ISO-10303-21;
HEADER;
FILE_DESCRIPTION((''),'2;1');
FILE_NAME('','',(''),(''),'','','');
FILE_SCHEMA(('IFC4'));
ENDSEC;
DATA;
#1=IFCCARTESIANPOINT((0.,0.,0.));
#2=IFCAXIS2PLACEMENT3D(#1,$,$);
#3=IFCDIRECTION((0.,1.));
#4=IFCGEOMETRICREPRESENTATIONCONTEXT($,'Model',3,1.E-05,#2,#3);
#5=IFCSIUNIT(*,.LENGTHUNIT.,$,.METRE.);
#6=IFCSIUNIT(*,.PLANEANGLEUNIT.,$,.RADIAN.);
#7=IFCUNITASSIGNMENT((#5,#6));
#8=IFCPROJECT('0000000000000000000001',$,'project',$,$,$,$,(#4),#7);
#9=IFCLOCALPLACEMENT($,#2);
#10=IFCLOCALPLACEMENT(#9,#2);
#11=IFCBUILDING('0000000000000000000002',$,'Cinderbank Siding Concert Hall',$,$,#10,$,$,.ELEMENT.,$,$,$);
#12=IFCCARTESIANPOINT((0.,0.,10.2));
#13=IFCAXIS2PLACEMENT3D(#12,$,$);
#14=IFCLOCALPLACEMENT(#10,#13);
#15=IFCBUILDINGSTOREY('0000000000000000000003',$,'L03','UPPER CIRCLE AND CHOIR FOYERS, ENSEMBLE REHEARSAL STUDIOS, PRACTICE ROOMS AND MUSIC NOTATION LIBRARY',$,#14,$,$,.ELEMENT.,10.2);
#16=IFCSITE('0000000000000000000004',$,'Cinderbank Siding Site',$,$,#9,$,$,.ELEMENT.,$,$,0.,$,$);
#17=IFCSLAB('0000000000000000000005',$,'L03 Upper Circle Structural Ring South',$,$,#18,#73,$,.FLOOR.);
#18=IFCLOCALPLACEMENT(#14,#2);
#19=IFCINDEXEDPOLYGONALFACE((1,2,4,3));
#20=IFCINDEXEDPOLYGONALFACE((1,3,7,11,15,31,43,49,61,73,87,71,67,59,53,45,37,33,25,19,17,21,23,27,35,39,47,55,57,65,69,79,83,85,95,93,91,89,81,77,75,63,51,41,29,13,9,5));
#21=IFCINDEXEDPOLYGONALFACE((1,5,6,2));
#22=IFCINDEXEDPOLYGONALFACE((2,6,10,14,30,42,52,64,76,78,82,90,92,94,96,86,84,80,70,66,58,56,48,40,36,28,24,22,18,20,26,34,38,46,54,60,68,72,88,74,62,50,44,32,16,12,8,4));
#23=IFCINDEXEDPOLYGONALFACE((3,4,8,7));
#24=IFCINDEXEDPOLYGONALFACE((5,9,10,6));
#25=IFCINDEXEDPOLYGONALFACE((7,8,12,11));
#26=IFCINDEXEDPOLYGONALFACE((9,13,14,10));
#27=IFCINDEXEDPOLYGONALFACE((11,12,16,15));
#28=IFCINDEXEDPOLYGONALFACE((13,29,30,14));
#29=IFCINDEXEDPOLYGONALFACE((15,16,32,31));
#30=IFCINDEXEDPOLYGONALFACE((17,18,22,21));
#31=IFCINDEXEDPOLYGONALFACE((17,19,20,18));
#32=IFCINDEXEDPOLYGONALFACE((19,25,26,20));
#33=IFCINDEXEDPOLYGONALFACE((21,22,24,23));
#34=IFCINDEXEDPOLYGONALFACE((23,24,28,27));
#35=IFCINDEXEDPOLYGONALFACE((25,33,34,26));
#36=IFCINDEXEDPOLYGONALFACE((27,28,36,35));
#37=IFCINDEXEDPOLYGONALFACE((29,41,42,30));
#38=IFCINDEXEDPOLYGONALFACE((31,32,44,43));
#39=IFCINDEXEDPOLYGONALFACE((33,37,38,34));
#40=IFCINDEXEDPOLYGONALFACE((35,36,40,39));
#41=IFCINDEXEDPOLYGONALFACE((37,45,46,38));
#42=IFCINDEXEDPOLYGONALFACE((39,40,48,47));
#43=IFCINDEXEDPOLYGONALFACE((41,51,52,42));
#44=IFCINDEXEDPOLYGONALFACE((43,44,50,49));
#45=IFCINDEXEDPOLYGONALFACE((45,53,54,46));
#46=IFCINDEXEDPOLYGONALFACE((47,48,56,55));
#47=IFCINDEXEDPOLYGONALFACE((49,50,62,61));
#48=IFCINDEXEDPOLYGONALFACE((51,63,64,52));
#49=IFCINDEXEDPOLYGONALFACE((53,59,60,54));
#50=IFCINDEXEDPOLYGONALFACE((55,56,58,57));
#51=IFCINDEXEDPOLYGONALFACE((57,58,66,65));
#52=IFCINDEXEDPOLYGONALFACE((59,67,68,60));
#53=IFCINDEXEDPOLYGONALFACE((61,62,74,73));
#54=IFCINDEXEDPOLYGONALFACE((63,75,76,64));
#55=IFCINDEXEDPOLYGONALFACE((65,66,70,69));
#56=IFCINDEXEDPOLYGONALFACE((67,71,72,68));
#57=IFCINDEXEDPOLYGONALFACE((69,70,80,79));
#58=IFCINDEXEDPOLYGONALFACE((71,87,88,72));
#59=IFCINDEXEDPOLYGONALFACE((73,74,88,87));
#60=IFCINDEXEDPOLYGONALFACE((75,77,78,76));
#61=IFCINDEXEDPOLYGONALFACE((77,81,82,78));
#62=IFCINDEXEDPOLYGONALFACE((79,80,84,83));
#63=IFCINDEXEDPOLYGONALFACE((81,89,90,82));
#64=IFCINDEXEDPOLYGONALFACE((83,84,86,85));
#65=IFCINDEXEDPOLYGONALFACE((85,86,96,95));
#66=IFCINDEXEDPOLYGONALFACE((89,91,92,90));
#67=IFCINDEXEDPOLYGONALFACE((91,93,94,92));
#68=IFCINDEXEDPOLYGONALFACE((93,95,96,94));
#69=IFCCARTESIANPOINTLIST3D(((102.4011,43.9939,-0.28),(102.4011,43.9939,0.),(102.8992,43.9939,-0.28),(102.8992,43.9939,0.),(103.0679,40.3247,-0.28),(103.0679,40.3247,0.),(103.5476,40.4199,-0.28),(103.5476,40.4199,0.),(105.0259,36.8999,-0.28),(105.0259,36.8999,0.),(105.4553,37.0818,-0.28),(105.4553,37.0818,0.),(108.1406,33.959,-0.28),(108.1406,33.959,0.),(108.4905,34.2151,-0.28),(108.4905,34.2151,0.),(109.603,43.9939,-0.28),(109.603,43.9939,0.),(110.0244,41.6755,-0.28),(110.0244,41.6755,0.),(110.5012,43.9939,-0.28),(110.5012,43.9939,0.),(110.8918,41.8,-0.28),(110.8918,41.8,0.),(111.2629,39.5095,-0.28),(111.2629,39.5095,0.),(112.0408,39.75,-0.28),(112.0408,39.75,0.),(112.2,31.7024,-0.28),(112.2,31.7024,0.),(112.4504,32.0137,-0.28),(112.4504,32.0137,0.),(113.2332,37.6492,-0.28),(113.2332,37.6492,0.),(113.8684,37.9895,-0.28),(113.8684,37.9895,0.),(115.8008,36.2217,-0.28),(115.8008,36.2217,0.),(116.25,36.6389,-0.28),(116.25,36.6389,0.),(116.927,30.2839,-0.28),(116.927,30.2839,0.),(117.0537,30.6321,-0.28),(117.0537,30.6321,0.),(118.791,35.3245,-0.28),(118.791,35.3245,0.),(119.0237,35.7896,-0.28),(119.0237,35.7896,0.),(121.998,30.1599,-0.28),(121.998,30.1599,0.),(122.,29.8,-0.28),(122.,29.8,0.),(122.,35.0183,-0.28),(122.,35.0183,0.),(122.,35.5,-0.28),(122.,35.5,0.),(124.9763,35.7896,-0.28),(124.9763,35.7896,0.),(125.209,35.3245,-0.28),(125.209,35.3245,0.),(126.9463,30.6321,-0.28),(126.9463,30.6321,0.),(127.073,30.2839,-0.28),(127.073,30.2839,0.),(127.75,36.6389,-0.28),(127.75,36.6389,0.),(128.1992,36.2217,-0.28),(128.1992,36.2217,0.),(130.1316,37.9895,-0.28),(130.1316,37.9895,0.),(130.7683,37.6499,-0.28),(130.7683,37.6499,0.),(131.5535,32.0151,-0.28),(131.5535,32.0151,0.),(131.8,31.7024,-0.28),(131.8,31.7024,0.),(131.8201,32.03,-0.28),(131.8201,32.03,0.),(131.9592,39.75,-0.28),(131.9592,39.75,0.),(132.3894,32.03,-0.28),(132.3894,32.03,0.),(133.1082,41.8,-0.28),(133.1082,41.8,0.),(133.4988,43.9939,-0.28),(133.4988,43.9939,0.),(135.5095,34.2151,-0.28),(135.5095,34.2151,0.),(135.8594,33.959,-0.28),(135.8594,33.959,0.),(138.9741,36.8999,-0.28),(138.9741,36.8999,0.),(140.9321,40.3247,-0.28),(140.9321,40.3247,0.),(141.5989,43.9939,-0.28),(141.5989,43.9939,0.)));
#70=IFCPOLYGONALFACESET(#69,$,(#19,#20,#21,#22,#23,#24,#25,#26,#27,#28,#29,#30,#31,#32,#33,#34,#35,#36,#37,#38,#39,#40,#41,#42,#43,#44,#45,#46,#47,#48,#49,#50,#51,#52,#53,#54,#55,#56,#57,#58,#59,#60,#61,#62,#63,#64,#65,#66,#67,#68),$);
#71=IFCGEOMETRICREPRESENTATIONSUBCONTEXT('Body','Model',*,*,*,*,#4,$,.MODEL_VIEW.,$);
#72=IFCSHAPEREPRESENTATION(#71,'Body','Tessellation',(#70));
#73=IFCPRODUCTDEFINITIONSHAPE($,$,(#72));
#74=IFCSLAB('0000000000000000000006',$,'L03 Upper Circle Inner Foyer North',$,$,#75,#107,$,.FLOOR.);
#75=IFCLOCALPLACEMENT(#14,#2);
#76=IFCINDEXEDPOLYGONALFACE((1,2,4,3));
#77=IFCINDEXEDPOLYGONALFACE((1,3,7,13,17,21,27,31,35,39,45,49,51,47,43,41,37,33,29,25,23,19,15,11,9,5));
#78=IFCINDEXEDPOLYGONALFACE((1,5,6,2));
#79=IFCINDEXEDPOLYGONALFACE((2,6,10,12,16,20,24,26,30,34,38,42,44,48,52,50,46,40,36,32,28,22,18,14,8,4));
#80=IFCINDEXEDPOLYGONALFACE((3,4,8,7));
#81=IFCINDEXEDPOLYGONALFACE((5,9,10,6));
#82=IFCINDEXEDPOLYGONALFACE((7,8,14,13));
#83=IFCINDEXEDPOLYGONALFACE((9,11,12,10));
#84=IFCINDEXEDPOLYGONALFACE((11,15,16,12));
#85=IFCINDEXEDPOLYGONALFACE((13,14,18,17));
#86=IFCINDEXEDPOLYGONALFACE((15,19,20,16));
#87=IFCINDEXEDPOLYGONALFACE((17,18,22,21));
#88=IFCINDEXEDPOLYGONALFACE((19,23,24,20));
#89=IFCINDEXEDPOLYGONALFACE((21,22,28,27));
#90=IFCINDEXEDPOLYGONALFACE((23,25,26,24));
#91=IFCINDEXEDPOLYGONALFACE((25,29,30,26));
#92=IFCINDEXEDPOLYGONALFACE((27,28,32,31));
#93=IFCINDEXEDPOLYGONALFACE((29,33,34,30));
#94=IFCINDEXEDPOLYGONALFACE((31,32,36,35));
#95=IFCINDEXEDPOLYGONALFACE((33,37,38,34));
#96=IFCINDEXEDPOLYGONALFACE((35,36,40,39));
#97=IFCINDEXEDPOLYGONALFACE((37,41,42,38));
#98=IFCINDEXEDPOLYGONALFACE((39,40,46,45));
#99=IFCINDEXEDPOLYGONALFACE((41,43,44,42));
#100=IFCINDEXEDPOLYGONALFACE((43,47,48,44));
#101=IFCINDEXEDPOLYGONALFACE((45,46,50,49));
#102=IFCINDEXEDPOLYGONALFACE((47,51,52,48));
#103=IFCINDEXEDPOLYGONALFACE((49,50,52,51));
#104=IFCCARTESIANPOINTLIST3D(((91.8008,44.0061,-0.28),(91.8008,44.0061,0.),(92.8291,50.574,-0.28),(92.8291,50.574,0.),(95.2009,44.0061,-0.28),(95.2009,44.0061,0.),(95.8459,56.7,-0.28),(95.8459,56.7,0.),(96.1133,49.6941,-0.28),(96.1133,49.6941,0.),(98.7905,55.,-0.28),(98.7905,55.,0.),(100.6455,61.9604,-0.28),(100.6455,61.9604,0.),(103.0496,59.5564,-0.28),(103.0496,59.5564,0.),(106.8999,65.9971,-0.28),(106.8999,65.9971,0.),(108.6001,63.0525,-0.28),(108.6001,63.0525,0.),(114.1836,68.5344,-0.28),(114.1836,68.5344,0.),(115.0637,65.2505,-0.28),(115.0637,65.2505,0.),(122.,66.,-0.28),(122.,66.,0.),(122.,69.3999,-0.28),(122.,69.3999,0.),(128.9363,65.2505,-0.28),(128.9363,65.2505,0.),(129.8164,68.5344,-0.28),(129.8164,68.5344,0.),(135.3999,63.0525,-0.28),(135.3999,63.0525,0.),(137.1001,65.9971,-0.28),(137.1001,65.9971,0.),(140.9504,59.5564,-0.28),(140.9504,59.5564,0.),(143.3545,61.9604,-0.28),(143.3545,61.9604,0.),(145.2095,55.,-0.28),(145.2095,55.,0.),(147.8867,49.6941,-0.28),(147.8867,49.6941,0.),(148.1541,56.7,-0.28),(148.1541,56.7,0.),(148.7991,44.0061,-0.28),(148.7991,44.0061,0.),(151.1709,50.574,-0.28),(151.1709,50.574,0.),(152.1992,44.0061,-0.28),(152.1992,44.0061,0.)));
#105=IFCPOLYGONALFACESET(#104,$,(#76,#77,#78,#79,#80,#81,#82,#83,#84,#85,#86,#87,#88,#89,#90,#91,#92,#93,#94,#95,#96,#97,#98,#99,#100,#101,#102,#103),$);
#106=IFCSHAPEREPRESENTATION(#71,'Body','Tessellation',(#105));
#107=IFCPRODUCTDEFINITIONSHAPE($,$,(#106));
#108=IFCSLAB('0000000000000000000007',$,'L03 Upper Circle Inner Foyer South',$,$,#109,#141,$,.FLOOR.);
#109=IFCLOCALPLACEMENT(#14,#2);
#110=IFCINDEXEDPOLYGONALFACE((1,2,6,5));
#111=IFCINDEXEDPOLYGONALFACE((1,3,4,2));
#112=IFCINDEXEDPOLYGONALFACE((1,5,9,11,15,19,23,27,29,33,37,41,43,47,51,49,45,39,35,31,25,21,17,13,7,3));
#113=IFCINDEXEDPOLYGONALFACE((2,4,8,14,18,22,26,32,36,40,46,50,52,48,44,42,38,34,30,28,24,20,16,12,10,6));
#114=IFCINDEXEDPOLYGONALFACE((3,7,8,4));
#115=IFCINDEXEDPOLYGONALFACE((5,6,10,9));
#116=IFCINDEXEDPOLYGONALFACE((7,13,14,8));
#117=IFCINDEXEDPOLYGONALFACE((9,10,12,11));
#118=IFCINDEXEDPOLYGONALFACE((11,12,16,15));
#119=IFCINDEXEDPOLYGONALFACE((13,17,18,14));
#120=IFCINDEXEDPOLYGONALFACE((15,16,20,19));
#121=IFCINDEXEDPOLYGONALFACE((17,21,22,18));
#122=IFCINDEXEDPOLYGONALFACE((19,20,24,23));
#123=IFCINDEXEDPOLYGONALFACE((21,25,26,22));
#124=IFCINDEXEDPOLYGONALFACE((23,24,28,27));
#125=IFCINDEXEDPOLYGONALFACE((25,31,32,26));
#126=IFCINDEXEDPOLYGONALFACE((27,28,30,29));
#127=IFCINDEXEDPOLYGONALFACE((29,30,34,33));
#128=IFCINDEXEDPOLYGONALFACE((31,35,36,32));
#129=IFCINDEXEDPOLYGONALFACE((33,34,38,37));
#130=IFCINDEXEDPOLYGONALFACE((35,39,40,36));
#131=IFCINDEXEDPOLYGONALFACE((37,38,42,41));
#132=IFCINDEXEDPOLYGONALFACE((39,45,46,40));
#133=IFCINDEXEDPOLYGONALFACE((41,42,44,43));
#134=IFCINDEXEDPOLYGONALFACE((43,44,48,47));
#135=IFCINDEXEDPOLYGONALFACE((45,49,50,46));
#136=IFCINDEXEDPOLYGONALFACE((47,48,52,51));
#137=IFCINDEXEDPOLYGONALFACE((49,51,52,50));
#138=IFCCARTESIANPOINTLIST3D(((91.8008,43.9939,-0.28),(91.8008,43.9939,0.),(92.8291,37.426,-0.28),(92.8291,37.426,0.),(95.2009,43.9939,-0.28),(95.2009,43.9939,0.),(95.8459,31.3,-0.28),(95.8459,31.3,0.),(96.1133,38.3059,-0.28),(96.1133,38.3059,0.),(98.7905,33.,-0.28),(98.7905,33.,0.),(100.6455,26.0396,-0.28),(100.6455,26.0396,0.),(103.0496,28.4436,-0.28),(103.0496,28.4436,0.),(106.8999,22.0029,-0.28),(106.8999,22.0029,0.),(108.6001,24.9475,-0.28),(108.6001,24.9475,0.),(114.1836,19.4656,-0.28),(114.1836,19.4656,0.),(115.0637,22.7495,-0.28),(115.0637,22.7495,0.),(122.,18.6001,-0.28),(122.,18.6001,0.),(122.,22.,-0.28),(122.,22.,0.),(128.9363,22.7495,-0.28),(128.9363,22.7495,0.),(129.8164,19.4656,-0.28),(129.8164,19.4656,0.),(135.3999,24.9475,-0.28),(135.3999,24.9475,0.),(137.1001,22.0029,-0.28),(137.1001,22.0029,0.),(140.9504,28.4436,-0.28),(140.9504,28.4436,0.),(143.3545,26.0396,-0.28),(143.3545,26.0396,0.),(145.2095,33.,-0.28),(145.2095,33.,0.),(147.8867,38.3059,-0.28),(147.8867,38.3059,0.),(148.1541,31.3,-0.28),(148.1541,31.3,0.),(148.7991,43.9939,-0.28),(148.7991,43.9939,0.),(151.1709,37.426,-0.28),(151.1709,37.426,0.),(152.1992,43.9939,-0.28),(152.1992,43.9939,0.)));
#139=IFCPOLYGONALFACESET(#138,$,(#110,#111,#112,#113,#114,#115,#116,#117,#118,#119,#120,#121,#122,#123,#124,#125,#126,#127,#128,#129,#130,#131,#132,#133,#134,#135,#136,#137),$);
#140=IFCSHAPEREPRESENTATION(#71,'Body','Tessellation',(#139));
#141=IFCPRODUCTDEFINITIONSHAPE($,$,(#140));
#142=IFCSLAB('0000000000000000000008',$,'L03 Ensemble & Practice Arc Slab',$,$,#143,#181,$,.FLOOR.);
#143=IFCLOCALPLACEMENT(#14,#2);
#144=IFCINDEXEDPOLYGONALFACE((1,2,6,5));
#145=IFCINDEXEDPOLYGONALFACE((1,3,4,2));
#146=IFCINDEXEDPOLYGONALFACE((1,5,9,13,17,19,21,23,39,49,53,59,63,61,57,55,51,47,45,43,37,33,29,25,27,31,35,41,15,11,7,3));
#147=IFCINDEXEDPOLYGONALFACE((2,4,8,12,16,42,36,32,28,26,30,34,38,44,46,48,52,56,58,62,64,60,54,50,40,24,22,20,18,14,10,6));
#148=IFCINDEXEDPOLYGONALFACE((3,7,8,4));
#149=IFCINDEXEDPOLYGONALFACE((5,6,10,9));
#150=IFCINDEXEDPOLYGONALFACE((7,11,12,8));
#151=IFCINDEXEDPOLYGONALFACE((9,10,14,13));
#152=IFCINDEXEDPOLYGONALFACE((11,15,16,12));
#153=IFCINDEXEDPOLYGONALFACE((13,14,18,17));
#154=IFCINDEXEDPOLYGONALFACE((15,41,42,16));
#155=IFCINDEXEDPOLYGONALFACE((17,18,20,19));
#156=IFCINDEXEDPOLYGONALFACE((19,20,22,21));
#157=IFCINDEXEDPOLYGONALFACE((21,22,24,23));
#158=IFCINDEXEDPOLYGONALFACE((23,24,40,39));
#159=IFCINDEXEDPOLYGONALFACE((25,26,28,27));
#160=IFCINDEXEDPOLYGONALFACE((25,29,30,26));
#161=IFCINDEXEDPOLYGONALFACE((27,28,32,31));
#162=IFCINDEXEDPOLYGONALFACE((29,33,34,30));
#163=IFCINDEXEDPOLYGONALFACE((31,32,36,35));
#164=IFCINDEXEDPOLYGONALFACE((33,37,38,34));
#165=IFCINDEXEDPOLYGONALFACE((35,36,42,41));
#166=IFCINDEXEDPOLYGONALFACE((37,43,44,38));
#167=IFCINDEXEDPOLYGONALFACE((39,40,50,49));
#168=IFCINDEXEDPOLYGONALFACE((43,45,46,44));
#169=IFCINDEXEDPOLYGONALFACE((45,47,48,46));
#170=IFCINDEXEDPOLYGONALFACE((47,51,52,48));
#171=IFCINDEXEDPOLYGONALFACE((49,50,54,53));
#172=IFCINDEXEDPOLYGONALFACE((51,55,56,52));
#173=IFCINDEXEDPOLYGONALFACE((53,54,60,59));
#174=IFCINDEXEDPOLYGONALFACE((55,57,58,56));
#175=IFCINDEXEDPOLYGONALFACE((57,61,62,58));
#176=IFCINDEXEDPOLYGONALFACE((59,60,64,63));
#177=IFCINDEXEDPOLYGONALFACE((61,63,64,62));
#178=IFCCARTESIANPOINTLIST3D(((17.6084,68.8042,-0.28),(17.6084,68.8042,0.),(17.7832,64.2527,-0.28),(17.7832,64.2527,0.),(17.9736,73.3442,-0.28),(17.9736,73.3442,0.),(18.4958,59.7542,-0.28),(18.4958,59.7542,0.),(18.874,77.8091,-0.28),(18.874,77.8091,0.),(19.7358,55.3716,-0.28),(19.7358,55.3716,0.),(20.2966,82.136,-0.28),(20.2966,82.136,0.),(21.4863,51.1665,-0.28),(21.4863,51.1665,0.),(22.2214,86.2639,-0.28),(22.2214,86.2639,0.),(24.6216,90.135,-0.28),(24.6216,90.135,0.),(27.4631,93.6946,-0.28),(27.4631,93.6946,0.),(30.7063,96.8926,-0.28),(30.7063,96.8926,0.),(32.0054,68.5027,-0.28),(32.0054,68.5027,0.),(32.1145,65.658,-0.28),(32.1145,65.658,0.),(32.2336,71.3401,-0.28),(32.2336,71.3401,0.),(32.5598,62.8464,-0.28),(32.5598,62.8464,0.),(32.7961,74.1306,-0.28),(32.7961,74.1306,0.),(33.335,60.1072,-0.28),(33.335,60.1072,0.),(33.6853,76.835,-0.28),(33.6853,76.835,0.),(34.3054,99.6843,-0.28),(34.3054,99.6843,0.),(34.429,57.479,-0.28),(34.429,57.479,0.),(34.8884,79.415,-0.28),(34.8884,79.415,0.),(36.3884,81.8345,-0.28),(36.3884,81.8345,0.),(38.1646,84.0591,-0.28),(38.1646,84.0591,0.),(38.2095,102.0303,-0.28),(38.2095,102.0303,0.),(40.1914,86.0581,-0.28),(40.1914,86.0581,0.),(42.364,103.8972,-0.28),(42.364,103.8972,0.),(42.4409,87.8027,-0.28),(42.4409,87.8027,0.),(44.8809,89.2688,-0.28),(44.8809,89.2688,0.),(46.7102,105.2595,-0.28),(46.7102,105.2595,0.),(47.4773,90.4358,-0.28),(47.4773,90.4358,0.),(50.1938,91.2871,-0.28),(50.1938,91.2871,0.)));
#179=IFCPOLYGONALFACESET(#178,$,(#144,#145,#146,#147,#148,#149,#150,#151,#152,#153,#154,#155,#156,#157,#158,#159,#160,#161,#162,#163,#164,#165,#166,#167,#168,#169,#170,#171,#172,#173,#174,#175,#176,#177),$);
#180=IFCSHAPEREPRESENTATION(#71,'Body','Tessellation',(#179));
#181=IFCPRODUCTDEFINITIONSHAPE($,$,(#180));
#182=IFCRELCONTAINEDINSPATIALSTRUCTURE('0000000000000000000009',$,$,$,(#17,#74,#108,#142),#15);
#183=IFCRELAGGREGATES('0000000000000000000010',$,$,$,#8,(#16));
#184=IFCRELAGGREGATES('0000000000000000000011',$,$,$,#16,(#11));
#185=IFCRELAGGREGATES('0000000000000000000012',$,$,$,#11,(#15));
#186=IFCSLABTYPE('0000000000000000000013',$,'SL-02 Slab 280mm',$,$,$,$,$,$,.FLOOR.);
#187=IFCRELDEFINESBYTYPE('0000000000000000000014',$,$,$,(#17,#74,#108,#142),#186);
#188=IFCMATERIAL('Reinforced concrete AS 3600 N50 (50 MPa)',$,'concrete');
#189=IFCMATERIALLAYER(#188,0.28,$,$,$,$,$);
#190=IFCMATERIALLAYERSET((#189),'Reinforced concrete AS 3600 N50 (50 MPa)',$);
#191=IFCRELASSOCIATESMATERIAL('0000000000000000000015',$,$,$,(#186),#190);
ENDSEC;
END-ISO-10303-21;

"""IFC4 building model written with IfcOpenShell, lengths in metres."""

from ifc_helpers import new_model, si_unit, direction, frame, origin, place, context, subcontext, project, spatial, polyline, outline, extrude, material, layer, layer_set, type_object, element, save


model = new_model("IFC4")

# Units and contexts
model_context = context("Model", 3, precision=1e-05, world=origin(), true_north=direction((0.0, 1.0)))
body_context = subcontext(model_context, "Body", "Model", "MODEL_VIEW")
ifc_project = project(units=[si_unit("LENGTHUNIT", "METRE"), si_unit("PLANEANGLEUNIT", "RADIAN")], contexts=[model_context])

# Site, building, storey
site_placement = place(None, origin())
site = spatial("IfcSite", under=ifc_project, at=site_placement, Name="Cinderbank Siding Site", CompositionType="ELEMENT", RefElevation=0.0)
building_placement = place(site_placement, origin())
building = spatial("IfcBuilding", under=site, at=building_placement, Name="Cinderbank Siding Concert Hall", CompositionType="ELEMENT")
storey_placement = place(building_placement, frame((0.0, 0.0, 10.2)))
storey = spatial("IfcBuildingStorey", under=building, at=storey_placement, Name="L03", Description="UPPER CIRCLE AND CHOIR FOYERS, ENSEMBLE REHEARSAL STUDIOS, PRACTICE ROOMS AND MUSIC NOTATION LIBRARY", CompositionType="ELEMENT", Elevation=10.2)

# Shared definitions
ifc_material_1 = material(Name="Reinforced concrete AS 3600 N50 (50 MPa)", Category="concrete")

# Slabs
ifc_layer_1 = layer(ifc_material_1, 0.28)
ifc_layer_set_1 = layer_set([ifc_layer_1], Name="Reinforced concrete AS 3600 N50 (50 MPa)")
slab_type_1 = type_object("IfcSlabType", Name="SL-02 Slab 280mm", PredefinedType="FLOOR", material=ifc_layer_set_1)
slab_1_placement = place(storey_placement, frame((0.0, 0.0, -0.28)))
element("IfcSlab", 1, at=slab_1_placement, inside=storey, type_object=slab_type_1, Name="L03 Upper Circle Structural Ring South", PredefinedType="FLOOR", context=body_context, shape_type="SweptSolid", body=[
    extrude(outline(polyline([(132.3894, 32.03), (131.8201, 32.03), (131.8, 31.7024), (127.073, 30.2839), (122.0, 29.8), (116.927, 30.2839), (112.2, 31.7024), (108.1406, 33.959), (105.0259, 36.8999), (103.0679, 40.3247), (102.4011, 43.9939), (102.8992, 43.9939), (103.5476, 40.4199), (105.4553, 37.0818), (108.4905, 34.2151), (112.4504, 32.0137), (117.0537, 30.6321), (121.998, 30.1599), (126.9463, 30.6321), (131.5535, 32.0151), (135.5095, 34.2151), (130.7683, 37.6499), (128.1992, 36.2217), (125.209, 35.3245), (122.0, 35.0183), (118.791, 35.3245), (115.8008, 36.2217), (113.2332, 37.6492), (111.2629, 39.5095), (110.0244, 41.6755), (109.603, 43.9939), (110.5012, 43.9939), (110.8918, 41.8), (112.0408, 39.75), (113.8684, 37.9895), (116.25, 36.6389), (119.0237, 35.7896), (122.0, 35.5), (124.9763, 35.7896), (127.75, 36.6389), (130.1316, 37.9895), (131.9592, 39.75), (133.1082, 41.8), (133.4988, 43.9939), (141.5989, 43.9939), (140.9321, 40.3247), (138.9741, 36.8999), (135.8594, 33.959), (132.3894, 32.03)])), origin(), (0.0, 0.0, 1.0), 0.28),
])
slab_2_placement = place(storey_placement, frame((0.0, 0.0, -0.28)))
element("IfcSlab", 2, at=slab_2_placement, inside=storey, type_object=slab_type_1, Name="L03 Upper Circle Inner Foyer North", PredefinedType="FLOOR", context=body_context, shape_type="SweptSolid", body=[
    extrude(outline(polyline([(92.8291, 50.574), (95.8459, 56.7), (100.6455, 61.9604), (106.8999, 65.9971), (114.1836, 68.5344), (122.0, 69.3999), (129.8164, 68.5344), (137.1001, 65.9971), (143.3545, 61.9604), (148.1541, 56.7), (151.1709, 50.574), (152.1992, 44.0061), (148.7991, 44.0061), (147.8867, 49.6941), (145.2095, 55.0), (140.9504, 59.5564), (135.3999, 63.0525), (128.9363, 65.2505), (122.0, 66.0), (115.0637, 65.2505), (108.6001, 63.0525), (103.0496, 59.5564), (98.7905, 55.0), (96.1133, 49.6941), (95.2009, 44.0061), (91.8008, 44.0061), (92.8291, 50.574)])), origin(), (0.0, 0.0, 1.0), 0.28),
])
slab_3_placement = place(storey_placement, frame((0.0, 0.0, -0.28)))
element("IfcSlab", 3, at=slab_3_placement, inside=storey, type_object=slab_type_1, Name="L03 Upper Circle Inner Foyer South", PredefinedType="FLOOR", context=body_context, shape_type="SweptSolid", body=[
    extrude(outline(polyline([(148.1541, 31.3), (143.3545, 26.0396), (137.1001, 22.0029), (129.8164, 19.4656), (122.0, 18.6001), (114.1836, 19.4656), (106.8999, 22.0029), (100.6455, 26.0396), (95.8459, 31.3), (92.8291, 37.426), (91.8008, 43.9939), (95.2009, 43.9939), (96.1133, 38.3059), (98.7905, 33.0), (103.0496, 28.4436), (108.6001, 24.9475), (115.0637, 22.7495), (122.0, 22.0), (128.9363, 22.7495), (135.3999, 24.9475), (140.9504, 28.4436), (145.2095, 33.0), (147.8867, 38.3059), (148.7991, 43.9939), (152.1992, 43.9939), (151.1709, 37.426), (148.1541, 31.3)])), origin(), (0.0, 0.0, 1.0), 0.28),
])
slab_4_placement = place(storey_placement, frame((0.0, 0.0, -0.28)))
element("IfcSlab", 4, at=slab_4_placement, inside=storey, type_object=slab_type_1, Name="L03 Ensemble & Practice Arc Slab", PredefinedType="FLOOR", context=body_context, shape_type="SweptSolid", body=[
    extrude(outline(polyline([(46.7102, 105.2595), (50.1938, 91.2871), (47.4773, 90.4358), (44.8809, 89.2688), (42.4409, 87.8027), (40.1914, 86.0581), (38.1646, 84.0591), (36.3884, 81.8345), (34.8884, 79.415), (33.6853, 76.835), (32.7961, 74.1306), (32.2336, 71.3401), (32.0054, 68.5027), (32.1145, 65.658), (32.5598, 62.8464), (33.335, 60.1072), (34.429, 57.479), (21.4863, 51.1665), (19.7358, 55.3716), (18.4958, 59.7542), (17.7832, 64.2527), (17.6084, 68.8042), (17.9736, 73.3442), (18.874, 77.8091), (20.2966, 82.136), (22.2214, 86.2639), (24.6216, 90.135), (27.4631, 93.6946), (30.7063, 96.8926), (34.3054, 99.6843), (38.2095, 102.0303), (42.364, 103.8972), (46.7102, 105.2595)])), origin(), (0.0, 0.0, 1.0), 0.28),
])

save(model, "model.ifc")
